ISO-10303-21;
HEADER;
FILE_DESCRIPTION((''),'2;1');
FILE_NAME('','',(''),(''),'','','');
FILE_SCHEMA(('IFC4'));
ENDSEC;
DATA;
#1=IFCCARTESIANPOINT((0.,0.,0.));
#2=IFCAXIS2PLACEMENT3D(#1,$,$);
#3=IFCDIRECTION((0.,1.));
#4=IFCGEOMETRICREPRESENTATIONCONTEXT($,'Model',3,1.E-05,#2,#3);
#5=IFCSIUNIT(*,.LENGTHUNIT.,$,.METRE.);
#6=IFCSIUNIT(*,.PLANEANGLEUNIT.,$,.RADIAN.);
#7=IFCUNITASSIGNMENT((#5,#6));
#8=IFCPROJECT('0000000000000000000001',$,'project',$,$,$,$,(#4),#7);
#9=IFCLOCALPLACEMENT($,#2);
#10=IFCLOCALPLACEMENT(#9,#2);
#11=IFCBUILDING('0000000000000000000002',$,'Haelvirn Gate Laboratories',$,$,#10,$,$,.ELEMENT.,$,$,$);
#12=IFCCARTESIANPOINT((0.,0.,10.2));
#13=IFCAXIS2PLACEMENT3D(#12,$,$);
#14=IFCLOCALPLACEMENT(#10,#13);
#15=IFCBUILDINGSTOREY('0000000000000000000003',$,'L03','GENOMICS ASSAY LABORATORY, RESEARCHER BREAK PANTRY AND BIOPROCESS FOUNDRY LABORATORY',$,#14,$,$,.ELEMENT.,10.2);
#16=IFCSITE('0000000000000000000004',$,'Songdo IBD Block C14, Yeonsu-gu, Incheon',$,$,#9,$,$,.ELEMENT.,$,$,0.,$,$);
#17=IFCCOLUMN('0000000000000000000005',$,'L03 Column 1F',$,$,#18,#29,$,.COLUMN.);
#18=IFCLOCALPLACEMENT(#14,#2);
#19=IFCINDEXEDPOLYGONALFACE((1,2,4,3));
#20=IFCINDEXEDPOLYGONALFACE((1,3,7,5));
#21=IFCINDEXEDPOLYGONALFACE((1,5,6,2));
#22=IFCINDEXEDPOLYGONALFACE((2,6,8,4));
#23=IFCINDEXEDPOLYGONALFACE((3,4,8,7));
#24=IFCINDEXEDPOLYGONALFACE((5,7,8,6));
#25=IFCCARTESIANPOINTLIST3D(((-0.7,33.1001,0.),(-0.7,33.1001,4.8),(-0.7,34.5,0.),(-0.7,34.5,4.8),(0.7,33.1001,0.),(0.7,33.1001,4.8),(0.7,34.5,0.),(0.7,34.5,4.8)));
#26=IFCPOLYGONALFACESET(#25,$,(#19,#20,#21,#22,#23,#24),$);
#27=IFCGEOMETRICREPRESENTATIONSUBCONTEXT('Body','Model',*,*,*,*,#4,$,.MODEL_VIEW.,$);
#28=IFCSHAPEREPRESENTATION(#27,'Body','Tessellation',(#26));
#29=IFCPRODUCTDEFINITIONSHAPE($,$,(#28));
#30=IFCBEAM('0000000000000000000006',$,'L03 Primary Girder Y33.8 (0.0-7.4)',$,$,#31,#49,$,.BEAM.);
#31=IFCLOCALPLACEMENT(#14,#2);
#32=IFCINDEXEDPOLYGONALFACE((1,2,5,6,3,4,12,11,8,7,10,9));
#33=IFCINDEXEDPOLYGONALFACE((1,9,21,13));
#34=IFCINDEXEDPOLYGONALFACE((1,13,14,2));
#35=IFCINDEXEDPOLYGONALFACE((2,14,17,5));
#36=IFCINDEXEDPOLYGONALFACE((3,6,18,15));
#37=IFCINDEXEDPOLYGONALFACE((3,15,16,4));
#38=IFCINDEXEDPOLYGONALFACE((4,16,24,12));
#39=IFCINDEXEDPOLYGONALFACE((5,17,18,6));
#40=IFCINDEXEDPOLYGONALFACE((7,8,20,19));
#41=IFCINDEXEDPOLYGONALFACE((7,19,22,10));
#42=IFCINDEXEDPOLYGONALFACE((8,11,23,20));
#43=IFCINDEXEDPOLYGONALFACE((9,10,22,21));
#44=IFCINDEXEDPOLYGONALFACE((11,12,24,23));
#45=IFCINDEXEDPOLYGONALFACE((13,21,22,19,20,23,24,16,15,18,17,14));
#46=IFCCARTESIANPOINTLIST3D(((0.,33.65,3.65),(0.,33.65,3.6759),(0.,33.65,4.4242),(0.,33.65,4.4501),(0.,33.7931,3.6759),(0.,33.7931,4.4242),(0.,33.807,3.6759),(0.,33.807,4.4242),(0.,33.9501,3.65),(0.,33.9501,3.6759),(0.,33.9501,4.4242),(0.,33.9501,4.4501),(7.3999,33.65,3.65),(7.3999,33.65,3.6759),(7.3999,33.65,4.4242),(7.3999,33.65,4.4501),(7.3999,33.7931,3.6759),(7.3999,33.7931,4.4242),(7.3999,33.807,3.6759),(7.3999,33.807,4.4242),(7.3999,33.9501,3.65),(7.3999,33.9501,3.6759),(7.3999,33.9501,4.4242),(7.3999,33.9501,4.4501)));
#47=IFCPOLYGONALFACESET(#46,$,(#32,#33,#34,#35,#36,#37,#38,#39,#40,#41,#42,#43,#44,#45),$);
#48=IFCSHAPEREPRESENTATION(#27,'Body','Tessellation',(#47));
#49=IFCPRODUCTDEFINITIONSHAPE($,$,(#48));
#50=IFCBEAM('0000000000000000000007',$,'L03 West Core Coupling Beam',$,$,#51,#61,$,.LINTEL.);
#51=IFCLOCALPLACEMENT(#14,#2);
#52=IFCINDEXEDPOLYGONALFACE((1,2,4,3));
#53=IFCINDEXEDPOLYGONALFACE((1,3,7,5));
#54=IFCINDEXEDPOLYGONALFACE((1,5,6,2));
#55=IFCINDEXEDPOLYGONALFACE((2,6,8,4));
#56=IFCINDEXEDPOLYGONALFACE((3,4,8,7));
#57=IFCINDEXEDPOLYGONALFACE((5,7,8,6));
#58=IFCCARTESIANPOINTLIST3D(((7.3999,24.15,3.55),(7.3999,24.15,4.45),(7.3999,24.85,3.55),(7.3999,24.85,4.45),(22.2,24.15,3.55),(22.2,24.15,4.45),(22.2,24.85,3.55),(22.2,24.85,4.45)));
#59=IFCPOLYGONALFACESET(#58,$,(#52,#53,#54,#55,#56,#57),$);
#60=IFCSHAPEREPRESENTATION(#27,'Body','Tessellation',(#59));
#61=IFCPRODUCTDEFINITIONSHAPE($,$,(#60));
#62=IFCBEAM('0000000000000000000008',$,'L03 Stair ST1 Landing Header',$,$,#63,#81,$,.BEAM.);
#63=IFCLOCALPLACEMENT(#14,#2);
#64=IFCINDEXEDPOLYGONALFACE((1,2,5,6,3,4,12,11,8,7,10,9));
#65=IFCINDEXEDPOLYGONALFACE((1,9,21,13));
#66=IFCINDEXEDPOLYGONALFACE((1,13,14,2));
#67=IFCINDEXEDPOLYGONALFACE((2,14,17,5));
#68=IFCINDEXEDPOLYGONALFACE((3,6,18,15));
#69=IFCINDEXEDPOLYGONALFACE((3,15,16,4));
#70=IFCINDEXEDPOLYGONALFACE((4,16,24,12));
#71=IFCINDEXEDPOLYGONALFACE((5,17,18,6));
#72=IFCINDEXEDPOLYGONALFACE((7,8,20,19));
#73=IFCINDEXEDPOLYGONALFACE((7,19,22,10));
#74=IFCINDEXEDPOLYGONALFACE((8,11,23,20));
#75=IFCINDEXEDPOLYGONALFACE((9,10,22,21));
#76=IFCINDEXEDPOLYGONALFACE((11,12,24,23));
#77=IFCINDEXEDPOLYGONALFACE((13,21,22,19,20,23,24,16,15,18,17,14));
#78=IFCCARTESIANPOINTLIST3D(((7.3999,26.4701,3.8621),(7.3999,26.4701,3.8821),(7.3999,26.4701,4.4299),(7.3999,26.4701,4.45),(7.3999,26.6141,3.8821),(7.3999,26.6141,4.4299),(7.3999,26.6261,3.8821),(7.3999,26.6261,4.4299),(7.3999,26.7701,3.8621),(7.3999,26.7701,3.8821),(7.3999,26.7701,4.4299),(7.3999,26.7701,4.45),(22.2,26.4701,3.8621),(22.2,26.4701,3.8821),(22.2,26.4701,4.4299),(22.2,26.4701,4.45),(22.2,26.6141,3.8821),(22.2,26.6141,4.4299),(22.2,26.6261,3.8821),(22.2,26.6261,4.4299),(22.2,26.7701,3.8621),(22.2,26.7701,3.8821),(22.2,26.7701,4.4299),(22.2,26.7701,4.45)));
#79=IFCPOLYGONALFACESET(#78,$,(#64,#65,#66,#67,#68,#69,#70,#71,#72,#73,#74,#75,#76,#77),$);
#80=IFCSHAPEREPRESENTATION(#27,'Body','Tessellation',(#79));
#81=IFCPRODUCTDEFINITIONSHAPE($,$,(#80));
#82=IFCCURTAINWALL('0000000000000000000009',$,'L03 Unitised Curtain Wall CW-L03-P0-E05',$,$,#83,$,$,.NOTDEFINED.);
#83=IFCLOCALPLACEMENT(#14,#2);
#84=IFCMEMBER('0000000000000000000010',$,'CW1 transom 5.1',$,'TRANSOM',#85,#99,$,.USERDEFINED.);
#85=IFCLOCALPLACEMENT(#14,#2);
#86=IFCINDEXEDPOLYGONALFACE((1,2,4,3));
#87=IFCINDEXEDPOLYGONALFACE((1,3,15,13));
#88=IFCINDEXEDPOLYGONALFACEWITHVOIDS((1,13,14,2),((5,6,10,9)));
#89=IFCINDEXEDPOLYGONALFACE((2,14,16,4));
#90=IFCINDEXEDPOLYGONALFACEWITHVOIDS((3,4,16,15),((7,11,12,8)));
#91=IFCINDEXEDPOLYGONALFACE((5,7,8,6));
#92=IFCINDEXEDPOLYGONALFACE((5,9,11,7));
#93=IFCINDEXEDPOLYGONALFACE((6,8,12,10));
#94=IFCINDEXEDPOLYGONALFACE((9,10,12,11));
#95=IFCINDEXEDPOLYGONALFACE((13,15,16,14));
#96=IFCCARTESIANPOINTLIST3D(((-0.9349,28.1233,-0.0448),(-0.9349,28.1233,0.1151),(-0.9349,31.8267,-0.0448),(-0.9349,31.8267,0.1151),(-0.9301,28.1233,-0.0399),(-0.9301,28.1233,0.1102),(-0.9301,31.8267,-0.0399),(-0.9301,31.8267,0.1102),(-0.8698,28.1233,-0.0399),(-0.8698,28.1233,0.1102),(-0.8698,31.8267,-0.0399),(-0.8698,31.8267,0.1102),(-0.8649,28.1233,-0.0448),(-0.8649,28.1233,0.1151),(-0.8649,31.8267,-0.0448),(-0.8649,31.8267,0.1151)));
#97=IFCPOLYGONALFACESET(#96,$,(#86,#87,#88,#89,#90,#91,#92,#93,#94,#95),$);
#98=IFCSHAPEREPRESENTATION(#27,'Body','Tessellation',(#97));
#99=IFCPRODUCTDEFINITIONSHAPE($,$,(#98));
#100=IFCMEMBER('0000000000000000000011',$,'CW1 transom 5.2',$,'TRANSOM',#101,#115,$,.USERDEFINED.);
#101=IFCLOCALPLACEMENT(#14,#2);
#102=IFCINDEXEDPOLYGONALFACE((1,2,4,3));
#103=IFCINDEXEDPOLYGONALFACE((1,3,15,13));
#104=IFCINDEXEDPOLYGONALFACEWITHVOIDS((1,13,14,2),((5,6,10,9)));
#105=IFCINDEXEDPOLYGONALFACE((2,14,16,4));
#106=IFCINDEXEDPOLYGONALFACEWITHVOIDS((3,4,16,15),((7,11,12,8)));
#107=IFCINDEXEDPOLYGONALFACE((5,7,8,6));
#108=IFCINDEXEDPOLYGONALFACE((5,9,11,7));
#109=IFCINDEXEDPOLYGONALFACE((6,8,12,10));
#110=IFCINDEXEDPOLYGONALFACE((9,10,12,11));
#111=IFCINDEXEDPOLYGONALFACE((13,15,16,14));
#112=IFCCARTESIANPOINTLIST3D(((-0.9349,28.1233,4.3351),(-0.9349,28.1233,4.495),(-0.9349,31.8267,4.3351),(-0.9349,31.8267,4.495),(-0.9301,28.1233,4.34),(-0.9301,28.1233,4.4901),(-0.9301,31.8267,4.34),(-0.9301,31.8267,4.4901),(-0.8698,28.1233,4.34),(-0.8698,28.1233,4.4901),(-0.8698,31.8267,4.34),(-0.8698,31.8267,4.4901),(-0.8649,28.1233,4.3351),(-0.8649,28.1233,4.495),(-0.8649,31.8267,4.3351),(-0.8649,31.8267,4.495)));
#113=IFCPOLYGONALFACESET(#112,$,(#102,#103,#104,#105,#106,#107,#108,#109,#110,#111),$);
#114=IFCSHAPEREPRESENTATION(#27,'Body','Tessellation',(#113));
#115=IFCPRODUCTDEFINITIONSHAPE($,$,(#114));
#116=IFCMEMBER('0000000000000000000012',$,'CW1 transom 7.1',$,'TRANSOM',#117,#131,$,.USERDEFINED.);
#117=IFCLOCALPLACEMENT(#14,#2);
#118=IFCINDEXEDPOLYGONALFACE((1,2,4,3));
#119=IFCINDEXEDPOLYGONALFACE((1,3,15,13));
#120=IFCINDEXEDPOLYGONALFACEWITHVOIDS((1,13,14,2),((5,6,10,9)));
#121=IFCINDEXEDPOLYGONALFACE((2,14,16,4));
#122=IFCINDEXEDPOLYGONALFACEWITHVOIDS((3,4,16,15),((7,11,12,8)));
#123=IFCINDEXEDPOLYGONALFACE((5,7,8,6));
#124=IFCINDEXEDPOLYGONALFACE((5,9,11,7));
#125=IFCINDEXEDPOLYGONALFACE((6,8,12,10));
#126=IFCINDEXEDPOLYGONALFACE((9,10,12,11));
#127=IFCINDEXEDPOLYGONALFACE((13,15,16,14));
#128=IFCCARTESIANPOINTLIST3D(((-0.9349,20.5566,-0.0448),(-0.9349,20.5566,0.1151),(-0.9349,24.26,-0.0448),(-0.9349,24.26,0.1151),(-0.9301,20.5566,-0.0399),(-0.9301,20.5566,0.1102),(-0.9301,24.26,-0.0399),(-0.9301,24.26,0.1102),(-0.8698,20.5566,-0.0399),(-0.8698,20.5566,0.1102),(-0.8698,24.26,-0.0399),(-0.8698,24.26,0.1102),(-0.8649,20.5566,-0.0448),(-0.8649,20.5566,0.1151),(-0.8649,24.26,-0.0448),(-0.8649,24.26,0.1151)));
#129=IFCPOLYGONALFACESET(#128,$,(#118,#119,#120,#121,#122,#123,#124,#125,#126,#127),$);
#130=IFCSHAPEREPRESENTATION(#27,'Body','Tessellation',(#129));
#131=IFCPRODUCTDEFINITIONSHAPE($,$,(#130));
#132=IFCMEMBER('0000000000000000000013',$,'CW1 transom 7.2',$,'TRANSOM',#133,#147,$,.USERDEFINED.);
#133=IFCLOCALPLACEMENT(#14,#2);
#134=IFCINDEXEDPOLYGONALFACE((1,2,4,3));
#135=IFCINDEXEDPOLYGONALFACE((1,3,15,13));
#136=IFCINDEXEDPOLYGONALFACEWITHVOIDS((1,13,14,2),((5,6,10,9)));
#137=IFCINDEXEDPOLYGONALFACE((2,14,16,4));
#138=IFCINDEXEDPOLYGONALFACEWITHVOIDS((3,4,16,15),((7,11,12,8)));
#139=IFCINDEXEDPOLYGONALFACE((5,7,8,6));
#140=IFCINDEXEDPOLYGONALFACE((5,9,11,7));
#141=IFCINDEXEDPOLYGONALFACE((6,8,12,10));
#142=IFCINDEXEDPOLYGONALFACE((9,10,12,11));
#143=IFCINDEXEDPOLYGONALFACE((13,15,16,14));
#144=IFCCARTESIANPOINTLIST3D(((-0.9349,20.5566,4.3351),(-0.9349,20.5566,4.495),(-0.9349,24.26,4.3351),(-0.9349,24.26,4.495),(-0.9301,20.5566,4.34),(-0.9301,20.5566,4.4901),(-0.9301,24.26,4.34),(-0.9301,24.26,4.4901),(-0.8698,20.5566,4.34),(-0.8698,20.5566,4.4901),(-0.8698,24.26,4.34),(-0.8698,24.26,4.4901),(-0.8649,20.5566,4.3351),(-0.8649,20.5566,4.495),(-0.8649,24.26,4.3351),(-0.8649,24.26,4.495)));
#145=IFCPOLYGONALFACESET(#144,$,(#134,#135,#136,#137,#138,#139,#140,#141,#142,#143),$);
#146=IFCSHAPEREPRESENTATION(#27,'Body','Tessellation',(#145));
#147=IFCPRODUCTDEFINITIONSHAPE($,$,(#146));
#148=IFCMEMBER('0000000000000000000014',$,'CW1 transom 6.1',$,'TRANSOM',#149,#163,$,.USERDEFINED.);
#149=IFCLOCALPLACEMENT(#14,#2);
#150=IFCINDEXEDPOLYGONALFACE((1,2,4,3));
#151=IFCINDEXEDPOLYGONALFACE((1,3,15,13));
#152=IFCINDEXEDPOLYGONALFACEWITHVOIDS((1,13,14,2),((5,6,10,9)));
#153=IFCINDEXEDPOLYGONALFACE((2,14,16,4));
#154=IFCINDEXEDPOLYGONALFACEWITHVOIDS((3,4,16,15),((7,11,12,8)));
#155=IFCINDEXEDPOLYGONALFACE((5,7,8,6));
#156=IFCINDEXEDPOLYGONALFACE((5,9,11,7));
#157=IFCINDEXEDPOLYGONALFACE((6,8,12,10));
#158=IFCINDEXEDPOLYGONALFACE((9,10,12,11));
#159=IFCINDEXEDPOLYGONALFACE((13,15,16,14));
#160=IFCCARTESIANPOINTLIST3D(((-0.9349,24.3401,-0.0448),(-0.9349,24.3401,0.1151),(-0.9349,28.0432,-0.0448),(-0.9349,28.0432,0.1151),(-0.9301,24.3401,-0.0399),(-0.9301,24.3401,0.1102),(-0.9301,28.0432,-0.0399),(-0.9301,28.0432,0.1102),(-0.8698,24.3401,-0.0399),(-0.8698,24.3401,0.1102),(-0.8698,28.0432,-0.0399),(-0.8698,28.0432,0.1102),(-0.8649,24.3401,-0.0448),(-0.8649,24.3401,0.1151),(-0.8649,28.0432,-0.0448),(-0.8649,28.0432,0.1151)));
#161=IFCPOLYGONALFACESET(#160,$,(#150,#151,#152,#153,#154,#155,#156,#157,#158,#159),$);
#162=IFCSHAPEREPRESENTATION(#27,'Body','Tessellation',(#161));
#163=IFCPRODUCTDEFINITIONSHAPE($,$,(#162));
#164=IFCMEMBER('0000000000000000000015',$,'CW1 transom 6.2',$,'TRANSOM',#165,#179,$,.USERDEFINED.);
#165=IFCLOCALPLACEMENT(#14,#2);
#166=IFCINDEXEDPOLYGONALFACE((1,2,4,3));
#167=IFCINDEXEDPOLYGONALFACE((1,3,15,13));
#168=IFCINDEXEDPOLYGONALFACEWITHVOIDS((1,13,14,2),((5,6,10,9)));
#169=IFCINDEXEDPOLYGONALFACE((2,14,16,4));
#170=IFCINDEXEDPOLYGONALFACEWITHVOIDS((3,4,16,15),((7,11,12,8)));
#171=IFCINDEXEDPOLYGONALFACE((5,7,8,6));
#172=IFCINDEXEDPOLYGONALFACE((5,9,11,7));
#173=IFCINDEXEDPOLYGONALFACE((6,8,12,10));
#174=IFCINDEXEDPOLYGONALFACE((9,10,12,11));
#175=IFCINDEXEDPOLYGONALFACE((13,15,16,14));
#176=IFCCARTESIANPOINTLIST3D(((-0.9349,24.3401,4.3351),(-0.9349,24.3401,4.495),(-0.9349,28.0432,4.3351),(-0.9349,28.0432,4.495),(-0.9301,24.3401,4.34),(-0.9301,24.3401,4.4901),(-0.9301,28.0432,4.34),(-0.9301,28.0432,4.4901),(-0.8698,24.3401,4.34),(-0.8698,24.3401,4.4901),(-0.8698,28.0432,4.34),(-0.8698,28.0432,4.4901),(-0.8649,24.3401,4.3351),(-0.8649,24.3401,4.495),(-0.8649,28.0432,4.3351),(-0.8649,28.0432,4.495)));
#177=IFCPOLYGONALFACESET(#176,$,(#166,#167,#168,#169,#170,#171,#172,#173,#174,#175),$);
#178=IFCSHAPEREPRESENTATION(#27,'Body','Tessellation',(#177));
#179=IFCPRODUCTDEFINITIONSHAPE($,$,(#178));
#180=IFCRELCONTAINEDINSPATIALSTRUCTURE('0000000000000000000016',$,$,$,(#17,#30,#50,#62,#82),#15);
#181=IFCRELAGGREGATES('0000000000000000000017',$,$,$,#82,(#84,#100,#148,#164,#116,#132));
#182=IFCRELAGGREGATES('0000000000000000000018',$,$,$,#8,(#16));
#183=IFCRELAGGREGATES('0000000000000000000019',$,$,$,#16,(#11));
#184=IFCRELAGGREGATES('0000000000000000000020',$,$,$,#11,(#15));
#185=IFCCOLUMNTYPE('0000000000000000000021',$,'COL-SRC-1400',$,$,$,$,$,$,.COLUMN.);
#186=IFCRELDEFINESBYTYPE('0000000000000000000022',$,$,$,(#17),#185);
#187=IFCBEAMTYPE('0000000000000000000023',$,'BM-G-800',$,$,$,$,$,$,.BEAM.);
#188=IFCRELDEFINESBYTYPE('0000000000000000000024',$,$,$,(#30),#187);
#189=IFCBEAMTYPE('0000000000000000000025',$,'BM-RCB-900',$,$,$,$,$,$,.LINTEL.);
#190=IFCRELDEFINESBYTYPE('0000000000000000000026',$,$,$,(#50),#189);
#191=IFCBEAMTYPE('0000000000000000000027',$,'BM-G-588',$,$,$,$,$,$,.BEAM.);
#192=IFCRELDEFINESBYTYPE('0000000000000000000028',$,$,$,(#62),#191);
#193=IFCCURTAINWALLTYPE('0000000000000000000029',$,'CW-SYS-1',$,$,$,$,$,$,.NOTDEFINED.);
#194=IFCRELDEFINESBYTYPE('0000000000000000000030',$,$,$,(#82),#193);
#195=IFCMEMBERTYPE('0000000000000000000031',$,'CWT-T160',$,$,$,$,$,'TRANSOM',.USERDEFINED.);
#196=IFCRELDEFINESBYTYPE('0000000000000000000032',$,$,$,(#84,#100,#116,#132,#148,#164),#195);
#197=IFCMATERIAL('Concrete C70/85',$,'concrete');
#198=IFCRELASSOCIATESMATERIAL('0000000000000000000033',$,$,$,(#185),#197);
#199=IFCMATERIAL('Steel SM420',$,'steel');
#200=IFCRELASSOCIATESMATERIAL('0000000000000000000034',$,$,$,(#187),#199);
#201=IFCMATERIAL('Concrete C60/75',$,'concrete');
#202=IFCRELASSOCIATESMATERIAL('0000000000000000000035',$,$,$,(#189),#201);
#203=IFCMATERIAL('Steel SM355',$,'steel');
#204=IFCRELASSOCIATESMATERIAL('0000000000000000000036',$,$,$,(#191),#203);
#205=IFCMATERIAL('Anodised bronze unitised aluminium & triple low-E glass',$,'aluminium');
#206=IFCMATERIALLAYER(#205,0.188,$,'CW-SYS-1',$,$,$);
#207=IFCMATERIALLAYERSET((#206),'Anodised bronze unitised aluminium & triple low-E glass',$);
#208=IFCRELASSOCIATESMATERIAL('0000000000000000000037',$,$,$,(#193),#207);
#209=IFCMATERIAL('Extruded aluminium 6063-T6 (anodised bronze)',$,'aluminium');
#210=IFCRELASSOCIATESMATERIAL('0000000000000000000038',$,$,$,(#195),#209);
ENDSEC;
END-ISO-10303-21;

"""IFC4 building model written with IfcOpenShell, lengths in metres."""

from ifc_helpers import new_model, si_unit, direction, frame, origin, origin_2d, place, context, subcontext, project, spatial, rectangle, hollow_rectangle, i_section, extrude, source, transform, mapped, material, layer, layer_set, material_profile, profile_set, type_object, type_shapes, element, aggregate, save


model = new_model("IFC4")

# Units and contexts
model_context = context("Model", 3, precision=1e-05, world=origin(), true_north=direction((0.0, 1.0)))
body_context = subcontext(model_context, "Body", "Model", "MODEL_VIEW")
ifc_project = project(units=[si_unit("LENGTHUNIT", "METRE"), si_unit("PLANEANGLEUNIT", "RADIAN")], contexts=[model_context])

# Site, building, storey
site_placement = place(None, origin())
site = spatial("IfcSite", under=ifc_project, at=site_placement, Name="Songdo IBD Block C14, Yeonsu-gu, Incheon", CompositionType="ELEMENT", RefElevation=0.0)
building_placement = place(site_placement, origin())
building = spatial("IfcBuilding", under=site, at=building_placement, Name="Haelvirn Gate Laboratories", CompositionType="ELEMENT")
storey_placement = place(building_placement, frame((0.0, 0.0, 10.2)))
storey = spatial("IfcBuildingStorey", under=building, at=storey_placement, Name="L03", Description="GENOMICS ASSAY LABORATORY, RESEARCHER BREAK PANTRY AND BIOPROCESS FOUNDRY LABORATORY", CompositionType="ELEMENT", Elevation=10.2)

# Column
ifc_material_1 = material(Name="Concrete C70/85", Category="concrete")
ifc_material_profile_1 = material_profile(ifc_material_1, rectangle(XDim=1.3999, YDim=1.3999, at=origin_2d()), Name="SRC-1400x1400")
ifc_profile_set_1 = profile_set([ifc_material_profile_1], Name="Concrete C70/85")
column_type = type_object("IfcColumnType", Name="COL-SRC-1400", PredefinedType="COLUMN", material=ifc_profile_set_1)
shared_shape_1 = source(origin(), body_context, "Body", "SweptSolid", [
    extrude(rectangle(XDim=1.3999, YDim=1.3999, at=origin_2d()), origin(), (0.0, 0.0, 1.0), 4.8),
])
type_shapes(column_type, [shared_shape_1])
column_placement = place(storey_placement, frame((0.0, 33.8, 0.0), z_axis=(0.0, 0.0, 1.0), x_axis=(1.0, 0.0, 0.0)))
element("IfcColumn", 1, at=column_placement, inside=storey, type_object=column_type, Name="L03 Column 1F", PredefinedType="COLUMN", context=body_context, shape_type="MappedRepresentation", body=[
    mapped(shared_shape_1, transform((0.0, 0.0, 0.0), scale=1.0)),
])

# Beams
ifc_material_2 = material(Name="Steel SM420", Category="steel")
ifc_material_profile_2 = material_profile(ifc_material_2, i_section(OverallWidth=0.3, OverallDepth=0.8, WebThickness=0.0139, FlangeThickness=0.0259, at=origin_2d()), Name="H-800x300x14x26")
ifc_profile_set_2 = profile_set([ifc_material_profile_2], Name="Steel SM420")
beam_type_1 = type_object("IfcBeamType", Name="BM-G-800", PredefinedType="BEAM", material=ifc_profile_set_2)
shared_shape_2 = source(origin(), body_context, "Body", "SweptSolid", [
    extrude(i_section(OverallWidth=0.3, OverallDepth=0.8, WebThickness=0.0139, FlangeThickness=0.0259, at=origin_2d()), origin(), (0.0, 0.0, 1.0), 7.3999),
])
type_shapes(beam_type_1, [shared_shape_2])
beam_1_placement = place(storey_placement, frame((0.0, 33.8, 4.05), z_axis=(1.0, 0.0, 0.0), x_axis=(0.0, 1.0, 0.0)))
element("IfcBeam", 2, at=beam_1_placement, inside=storey, type_object=beam_type_1, Name="L03 Primary Girder Y33.8 (0.0-7.4)", PredefinedType="BEAM", context=body_context, shape_type="MappedRepresentation", body=[
    mapped(shared_shape_2, transform((0.0, 0.0, 0.0), scale=1.0)),
])
ifc_material_3 = material(Name="Concrete C60/75", Category="concrete")
ifc_material_profile_3 = material_profile(ifc_material_3, rectangle(XDim=0.7, YDim=0.8999, at=origin_2d()), Name="RCB-700x900")
ifc_profile_set_3 = profile_set([ifc_material_profile_3], Name="Concrete C60/75")
beam_type_2 = type_object("IfcBeamType", Name="BM-RCB-900", PredefinedType="LINTEL", material=ifc_profile_set_3)
shared_shape_3 = source(origin(), body_context, "Body", "SweptSolid", [
    extrude(rectangle(XDim=0.7, YDim=0.8999, at=origin_2d()), origin(), (0.0, 0.0, 1.0), 14.8),
])
type_shapes(beam_type_2, [shared_shape_3])
beam_2_placement = place(storey_placement, frame((7.3999, 24.5, 4.0), z_axis=(1.0, 0.0, 0.0), x_axis=(0.0, 1.0, 0.0)))
element("IfcBeam", 3, at=beam_2_placement, inside=storey, type_object=beam_type_2, Name="L03 West Core Coupling Beam", PredefinedType="LINTEL", context=body_context, shape_type="MappedRepresentation", body=[
    mapped(shared_shape_3, transform((0.0, 0.0, 0.0), scale=1.0)),
])
ifc_material_4 = material(Name="Steel SM355", Category="steel")
ifc_material_profile_4 = material_profile(ifc_material_4, i_section(OverallWidth=0.3, OverallDepth=0.5879, WebThickness=0.012, FlangeThickness=0.02, at=origin_2d()), Name="H-588x300x12x20")
ifc_profile_set_4 = profile_set([ifc_material_profile_4], Name="Steel SM355")
beam_type_3 = type_object("IfcBeamType", Name="BM-G-588", PredefinedType="BEAM", material=ifc_profile_set_4)
shared_shape_4 = source(origin(), body_context, "Body", "SweptSolid", [
    extrude(i_section(OverallWidth=0.3, OverallDepth=0.5879, WebThickness=0.012, FlangeThickness=0.02, at=origin_2d()), origin(), (0.0, 0.0, 1.0), 14.8),
])
type_shapes(beam_type_3, [shared_shape_4])
beam_3_placement = place(storey_placement, frame((7.3999, 26.6201, 4.156), z_axis=(1.0, 0.0, 0.0), x_axis=(0.0, 1.0, 0.0)))
element("IfcBeam", 4, at=beam_3_placement, inside=storey, type_object=beam_type_3, Name="L03 Stair ST1 Landing Header", PredefinedType="BEAM", context=body_context, shape_type="MappedRepresentation", body=[
    mapped(shared_shape_4, transform((0.0, 0.0, 0.0), scale=1.0)),
])

# Curtain wall, members
ifc_material_5 = material(Name="Anodised bronze unitised aluminium & triple low-E glass", Category="aluminium")
ifc_layer_1 = layer(ifc_material_5, 0.188, Name="CW-SYS-1")
ifc_layer_set_1 = layer_set([ifc_layer_1], Name="Anodised bronze unitised aluminium & triple low-E glass")
curtain_wall_type = type_object("IfcCurtainWallType", Name="CW-SYS-1", PredefinedType="NOTDEFINED", material=ifc_layer_set_1)
curtain_wall_placement = place(storey_placement, origin())
curtain_wall = element("IfcCurtainWall", 5, at=curtain_wall_placement, inside=storey, type_object=curtain_wall_type, Name="L03 Unitised Curtain Wall CW-L03-P0-E05", PredefinedType="NOTDEFINED")
ifc_material_6 = material(Name="Extruded aluminium 6063-T6 (anodised bronze)", Category="aluminium")
ifc_material_profile_5 = material_profile(ifc_material_6, hollow_rectangle(XDim=0.0701, YDim=0.1599, WallThickness=0.0049, at=origin_2d()), Name="CWT-160x70x5")
ifc_profile_set_5 = profile_set([ifc_material_profile_5], Name="Extruded aluminium 6063-T6 (anodised bronze)")
member_type_1 = type_object("IfcMemberType", Name="CWT-T160", ElementType="TRANSOM", PredefinedType="USERDEFINED", material=ifc_profile_set_5)
shared_shape_5 = source(origin(), body_context, "Body", "SweptSolid", [
    extrude(hollow_rectangle(XDim=0.0701, YDim=0.1599, WallThickness=0.0049, at=origin_2d()), origin(), (0.0, 0.0, 1.0), 3.7034),
])
member_1_placement = place(storey_placement, frame((-0.8999, 31.8267, 0.0352), z_axis=(0.0, -1.0, 0.0), x_axis=(1.0, 0.0, 0.0)))
member_1 = element("IfcMember", 6, at=member_1_placement, type_object=member_type_1, Name="CW1 transom 5.1", ObjectType="TRANSOM", PredefinedType="USERDEFINED", context=body_context, shape_type="MappedRepresentation", body=[
    mapped(shared_shape_5, transform((0.0, 0.0, 0.0), scale=1.0)),
])
member_2_placement = place(storey_placement, frame((-0.8999, 31.8267, 4.415), z_axis=(0.0, -1.0, 0.0), x_axis=(1.0, 0.0, 0.0)))
member_2 = element("IfcMember", 7, at=member_2_placement, type_object=member_type_1, Name="CW1 transom 5.2", ObjectType="TRANSOM", PredefinedType="USERDEFINED", context=body_context, shape_type="MappedRepresentation", body=[
    mapped(shared_shape_5, transform((0.0, 0.0, 0.0), scale=1.0)),
])
member_3_placement = place(storey_placement, frame((-0.8999, 24.26, 0.0352), z_axis=(0.0, -1.0, 0.0), x_axis=(1.0, 0.0, 0.0)))
member_3 = element("IfcMember", 8, at=member_3_placement, type_object=member_type_1, Name="CW1 transom 7.1", ObjectType="TRANSOM", PredefinedType="USERDEFINED", context=body_context, shape_type="MappedRepresentation", body=[
    mapped(shared_shape_5, transform((0.0, 0.0, 0.0), scale=1.0)),
])
member_4_placement = place(storey_placement, frame((-0.8999, 24.26, 4.415), z_axis=(0.0, -1.0, 0.0), x_axis=(1.0, 0.0, 0.0)))
member_4 = element("IfcMember", 9, at=member_4_placement, type_object=member_type_1, Name="CW1 transom 7.2", ObjectType="TRANSOM", PredefinedType="USERDEFINED", context=body_context, shape_type="MappedRepresentation", body=[
    mapped(shared_shape_5, transform((0.0, 0.0, 0.0), scale=1.0)),
])
shared_shape_6 = source(origin(), body_context, "Body", "SweptSolid", [
    extrude(hollow_rectangle(XDim=0.0701, YDim=0.1599, WallThickness=0.0049, at=origin_2d()), origin(), (0.0, 0.0, 1.0), 3.7031),
])
type_shapes(member_type_1, [shared_shape_5, shared_shape_6])
member_5_placement = place(storey_placement, frame((-0.8999, 28.0432, 0.0352), z_axis=(0.0, -1.0, 0.0), x_axis=(1.0, 0.0, 0.0)))
member_5 = element("IfcMember", 10, at=member_5_placement, type_object=member_type_1, Name="CW1 transom 6.1", ObjectType="TRANSOM", PredefinedType="USERDEFINED", context=body_context, shape_type="MappedRepresentation", body=[
    mapped(shared_shape_6, transform((0.0, 0.0, 0.0), scale=1.0)),
])
member_6_placement = place(storey_placement, frame((-0.8999, 28.0432, 4.415), z_axis=(0.0, -1.0, 0.0), x_axis=(1.0, 0.0, 0.0)))
member_6 = element("IfcMember", 11, at=member_6_placement, type_object=member_type_1, Name="CW1 transom 6.2", ObjectType="TRANSOM", PredefinedType="USERDEFINED", context=body_context, shape_type="MappedRepresentation", body=[
    mapped(shared_shape_6, transform((0.0, 0.0, 0.0), scale=1.0)),
])
aggregate(curtain_wall, [member_1, member_2, member_5, member_6, member_3, member_4])

save(model, "model.ifc")
